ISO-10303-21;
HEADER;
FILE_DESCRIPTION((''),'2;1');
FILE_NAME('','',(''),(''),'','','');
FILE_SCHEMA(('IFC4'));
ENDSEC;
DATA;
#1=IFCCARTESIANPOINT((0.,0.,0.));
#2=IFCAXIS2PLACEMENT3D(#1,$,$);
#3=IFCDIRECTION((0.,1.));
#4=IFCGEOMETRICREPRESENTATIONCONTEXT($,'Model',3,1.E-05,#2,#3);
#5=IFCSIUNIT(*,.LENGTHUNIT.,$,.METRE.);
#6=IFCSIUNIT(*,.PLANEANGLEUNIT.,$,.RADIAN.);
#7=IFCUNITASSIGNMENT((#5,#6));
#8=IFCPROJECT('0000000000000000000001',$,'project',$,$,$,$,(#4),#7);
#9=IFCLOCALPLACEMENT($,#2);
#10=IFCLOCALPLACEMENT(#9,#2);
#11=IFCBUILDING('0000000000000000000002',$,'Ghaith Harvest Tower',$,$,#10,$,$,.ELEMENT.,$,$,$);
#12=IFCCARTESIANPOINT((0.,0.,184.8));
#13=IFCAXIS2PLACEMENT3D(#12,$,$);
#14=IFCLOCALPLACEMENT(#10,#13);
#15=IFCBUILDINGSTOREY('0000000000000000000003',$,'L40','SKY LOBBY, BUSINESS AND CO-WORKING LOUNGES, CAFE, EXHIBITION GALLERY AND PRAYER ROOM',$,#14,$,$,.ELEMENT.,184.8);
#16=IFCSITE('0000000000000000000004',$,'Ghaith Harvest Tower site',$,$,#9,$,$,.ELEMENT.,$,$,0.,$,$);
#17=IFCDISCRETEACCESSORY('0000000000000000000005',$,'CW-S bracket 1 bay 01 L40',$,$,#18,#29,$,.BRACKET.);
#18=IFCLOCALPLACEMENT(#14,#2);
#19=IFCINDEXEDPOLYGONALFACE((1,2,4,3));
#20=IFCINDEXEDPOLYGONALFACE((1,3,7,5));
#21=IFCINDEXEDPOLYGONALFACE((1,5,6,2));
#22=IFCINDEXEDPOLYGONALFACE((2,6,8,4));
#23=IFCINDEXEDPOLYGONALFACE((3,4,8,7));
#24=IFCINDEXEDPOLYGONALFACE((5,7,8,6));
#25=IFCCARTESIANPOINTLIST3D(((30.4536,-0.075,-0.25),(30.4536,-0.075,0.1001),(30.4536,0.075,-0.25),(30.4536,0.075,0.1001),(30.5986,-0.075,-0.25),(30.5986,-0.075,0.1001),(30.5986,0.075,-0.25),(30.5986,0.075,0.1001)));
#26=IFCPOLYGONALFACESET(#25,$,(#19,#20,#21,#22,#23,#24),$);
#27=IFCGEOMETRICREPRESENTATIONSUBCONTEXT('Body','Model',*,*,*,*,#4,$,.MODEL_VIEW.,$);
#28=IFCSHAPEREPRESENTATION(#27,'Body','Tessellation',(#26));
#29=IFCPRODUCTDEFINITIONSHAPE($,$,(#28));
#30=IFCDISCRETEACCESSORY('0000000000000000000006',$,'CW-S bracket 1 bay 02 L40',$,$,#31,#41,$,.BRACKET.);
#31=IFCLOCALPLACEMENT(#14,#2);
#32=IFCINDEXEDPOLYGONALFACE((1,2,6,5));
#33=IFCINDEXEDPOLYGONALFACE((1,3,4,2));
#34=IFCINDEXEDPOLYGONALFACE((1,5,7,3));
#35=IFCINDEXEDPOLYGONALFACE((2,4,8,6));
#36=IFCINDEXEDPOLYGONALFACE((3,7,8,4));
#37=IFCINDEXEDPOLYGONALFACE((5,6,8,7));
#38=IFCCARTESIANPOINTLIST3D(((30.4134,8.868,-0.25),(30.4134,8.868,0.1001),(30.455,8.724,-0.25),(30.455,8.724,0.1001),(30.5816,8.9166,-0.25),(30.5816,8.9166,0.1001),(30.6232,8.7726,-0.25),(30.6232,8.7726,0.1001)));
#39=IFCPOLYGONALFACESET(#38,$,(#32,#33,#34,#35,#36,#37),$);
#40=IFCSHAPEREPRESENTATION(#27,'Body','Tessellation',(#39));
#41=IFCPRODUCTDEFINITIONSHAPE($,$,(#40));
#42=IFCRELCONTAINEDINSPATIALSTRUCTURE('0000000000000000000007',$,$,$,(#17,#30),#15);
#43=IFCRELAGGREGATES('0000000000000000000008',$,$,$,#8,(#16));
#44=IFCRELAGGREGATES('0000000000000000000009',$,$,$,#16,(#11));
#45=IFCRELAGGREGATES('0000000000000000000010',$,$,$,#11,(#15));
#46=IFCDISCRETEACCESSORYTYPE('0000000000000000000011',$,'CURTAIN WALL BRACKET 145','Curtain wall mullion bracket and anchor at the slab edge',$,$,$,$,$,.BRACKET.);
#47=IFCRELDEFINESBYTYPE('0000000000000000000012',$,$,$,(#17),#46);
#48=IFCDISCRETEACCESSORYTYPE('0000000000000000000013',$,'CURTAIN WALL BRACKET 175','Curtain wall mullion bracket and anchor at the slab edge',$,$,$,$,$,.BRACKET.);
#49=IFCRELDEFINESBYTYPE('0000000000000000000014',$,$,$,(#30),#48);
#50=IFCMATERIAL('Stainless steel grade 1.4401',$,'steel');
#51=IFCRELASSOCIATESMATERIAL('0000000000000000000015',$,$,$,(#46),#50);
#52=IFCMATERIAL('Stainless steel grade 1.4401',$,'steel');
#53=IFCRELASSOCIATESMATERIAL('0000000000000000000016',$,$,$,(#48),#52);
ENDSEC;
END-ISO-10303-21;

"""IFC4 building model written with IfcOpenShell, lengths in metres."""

from ifc_helpers import new_model, si_unit, direction, frame, origin, origin_2d, place, context, subcontext, project, spatial, rectangle, extrude, material, type_object, element, save


model = new_model("IFC4")

# Units and contexts
model_context = context("Model", 3, precision=1e-05, world=origin(), true_north=direction((0.0, 1.0)))
body_context = subcontext(model_context, "Body", "Model", "MODEL_VIEW")
ifc_project = project(units=[si_unit("LENGTHUNIT", "METRE"), si_unit("PLANEANGLEUNIT", "RADIAN")], contexts=[model_context])

# Site, building, storey
site_placement = place(None, origin())
site = spatial("IfcSite", under=ifc_project, at=site_placement, Name="Ghaith Harvest Tower site", CompositionType="ELEMENT", RefElevation=0.0)
building_placement = place(site_placement, origin())
building = spatial("IfcBuilding", under=site, at=building_placement, Name="Ghaith Harvest Tower", CompositionType="ELEMENT")
storey_placement = place(building_placement, frame((0.0, 0.0, 184.8)))
storey = spatial("IfcBuildingStorey", under=building, at=storey_placement, Name="L40", Description="SKY LOBBY, BUSINESS AND CO-WORKING LOUNGES, CAFE, EXHIBITION GALLERY AND PRAYER ROOM", CompositionType="ELEMENT", Elevation=184.8)

# Discrete accessories
ifc_material_1 = material(Name="Stainless steel grade 1.4401", Category="steel")
discrete_accessory_type_1 = type_object("IfcDiscreteAccessoryType", Name="CURTAIN WALL BRACKET 145", Description="Curtain wall mullion bracket and anchor at the slab edge", PredefinedType="BRACKET", material=ifc_material_1)
discrete_accessory_1_placement = place(storey_placement, frame((30.5261, 0.0, -0.25), z_axis=(0.0, 0.0, 1.0), x_axis=(1.0, 0.0, 0.0)))
element("IfcDiscreteAccessory", 1, at=discrete_accessory_1_placement, inside=storey, type_object=discrete_accessory_type_1, Name="CW-S bracket 1 bay 01 L40", PredefinedType="BRACKET", context=body_context, shape_type="SweptSolid", body=[
    extrude(rectangle(XDim=0.145, YDim=0.1499, at=origin_2d()), origin(), (0.0, 0.0, 1.0), 0.3501),
])
ifc_material_2 = material(Name="Stainless steel grade 1.4401", Category="steel")
discrete_accessory_type_2 = type_object("IfcDiscreteAccessoryType", Name="CURTAIN WALL BRACKET 175", Description="Curtain wall mullion bracket and anchor at the slab edge", PredefinedType="BRACKET", material=ifc_material_2)
discrete_accessory_2_placement = place(storey_placement, frame((30.5183, 8.8203, -0.25), z_axis=(0.0, 0.0, 1.0), x_axis=(0.96068, 0.277657, 0.0)))
element("IfcDiscreteAccessory", 2, at=discrete_accessory_2_placement, inside=storey, type_object=discrete_accessory_type_2, Name="CW-S bracket 1 bay 02 L40", PredefinedType="BRACKET", context=body_context, shape_type="SweptSolid", body=[
    extrude(rectangle(XDim=0.175, YDim=0.1499, at=origin_2d()), origin(), (0.0, 0.0, 1.0), 0.3501),
])

save(model, "model.ifc")
